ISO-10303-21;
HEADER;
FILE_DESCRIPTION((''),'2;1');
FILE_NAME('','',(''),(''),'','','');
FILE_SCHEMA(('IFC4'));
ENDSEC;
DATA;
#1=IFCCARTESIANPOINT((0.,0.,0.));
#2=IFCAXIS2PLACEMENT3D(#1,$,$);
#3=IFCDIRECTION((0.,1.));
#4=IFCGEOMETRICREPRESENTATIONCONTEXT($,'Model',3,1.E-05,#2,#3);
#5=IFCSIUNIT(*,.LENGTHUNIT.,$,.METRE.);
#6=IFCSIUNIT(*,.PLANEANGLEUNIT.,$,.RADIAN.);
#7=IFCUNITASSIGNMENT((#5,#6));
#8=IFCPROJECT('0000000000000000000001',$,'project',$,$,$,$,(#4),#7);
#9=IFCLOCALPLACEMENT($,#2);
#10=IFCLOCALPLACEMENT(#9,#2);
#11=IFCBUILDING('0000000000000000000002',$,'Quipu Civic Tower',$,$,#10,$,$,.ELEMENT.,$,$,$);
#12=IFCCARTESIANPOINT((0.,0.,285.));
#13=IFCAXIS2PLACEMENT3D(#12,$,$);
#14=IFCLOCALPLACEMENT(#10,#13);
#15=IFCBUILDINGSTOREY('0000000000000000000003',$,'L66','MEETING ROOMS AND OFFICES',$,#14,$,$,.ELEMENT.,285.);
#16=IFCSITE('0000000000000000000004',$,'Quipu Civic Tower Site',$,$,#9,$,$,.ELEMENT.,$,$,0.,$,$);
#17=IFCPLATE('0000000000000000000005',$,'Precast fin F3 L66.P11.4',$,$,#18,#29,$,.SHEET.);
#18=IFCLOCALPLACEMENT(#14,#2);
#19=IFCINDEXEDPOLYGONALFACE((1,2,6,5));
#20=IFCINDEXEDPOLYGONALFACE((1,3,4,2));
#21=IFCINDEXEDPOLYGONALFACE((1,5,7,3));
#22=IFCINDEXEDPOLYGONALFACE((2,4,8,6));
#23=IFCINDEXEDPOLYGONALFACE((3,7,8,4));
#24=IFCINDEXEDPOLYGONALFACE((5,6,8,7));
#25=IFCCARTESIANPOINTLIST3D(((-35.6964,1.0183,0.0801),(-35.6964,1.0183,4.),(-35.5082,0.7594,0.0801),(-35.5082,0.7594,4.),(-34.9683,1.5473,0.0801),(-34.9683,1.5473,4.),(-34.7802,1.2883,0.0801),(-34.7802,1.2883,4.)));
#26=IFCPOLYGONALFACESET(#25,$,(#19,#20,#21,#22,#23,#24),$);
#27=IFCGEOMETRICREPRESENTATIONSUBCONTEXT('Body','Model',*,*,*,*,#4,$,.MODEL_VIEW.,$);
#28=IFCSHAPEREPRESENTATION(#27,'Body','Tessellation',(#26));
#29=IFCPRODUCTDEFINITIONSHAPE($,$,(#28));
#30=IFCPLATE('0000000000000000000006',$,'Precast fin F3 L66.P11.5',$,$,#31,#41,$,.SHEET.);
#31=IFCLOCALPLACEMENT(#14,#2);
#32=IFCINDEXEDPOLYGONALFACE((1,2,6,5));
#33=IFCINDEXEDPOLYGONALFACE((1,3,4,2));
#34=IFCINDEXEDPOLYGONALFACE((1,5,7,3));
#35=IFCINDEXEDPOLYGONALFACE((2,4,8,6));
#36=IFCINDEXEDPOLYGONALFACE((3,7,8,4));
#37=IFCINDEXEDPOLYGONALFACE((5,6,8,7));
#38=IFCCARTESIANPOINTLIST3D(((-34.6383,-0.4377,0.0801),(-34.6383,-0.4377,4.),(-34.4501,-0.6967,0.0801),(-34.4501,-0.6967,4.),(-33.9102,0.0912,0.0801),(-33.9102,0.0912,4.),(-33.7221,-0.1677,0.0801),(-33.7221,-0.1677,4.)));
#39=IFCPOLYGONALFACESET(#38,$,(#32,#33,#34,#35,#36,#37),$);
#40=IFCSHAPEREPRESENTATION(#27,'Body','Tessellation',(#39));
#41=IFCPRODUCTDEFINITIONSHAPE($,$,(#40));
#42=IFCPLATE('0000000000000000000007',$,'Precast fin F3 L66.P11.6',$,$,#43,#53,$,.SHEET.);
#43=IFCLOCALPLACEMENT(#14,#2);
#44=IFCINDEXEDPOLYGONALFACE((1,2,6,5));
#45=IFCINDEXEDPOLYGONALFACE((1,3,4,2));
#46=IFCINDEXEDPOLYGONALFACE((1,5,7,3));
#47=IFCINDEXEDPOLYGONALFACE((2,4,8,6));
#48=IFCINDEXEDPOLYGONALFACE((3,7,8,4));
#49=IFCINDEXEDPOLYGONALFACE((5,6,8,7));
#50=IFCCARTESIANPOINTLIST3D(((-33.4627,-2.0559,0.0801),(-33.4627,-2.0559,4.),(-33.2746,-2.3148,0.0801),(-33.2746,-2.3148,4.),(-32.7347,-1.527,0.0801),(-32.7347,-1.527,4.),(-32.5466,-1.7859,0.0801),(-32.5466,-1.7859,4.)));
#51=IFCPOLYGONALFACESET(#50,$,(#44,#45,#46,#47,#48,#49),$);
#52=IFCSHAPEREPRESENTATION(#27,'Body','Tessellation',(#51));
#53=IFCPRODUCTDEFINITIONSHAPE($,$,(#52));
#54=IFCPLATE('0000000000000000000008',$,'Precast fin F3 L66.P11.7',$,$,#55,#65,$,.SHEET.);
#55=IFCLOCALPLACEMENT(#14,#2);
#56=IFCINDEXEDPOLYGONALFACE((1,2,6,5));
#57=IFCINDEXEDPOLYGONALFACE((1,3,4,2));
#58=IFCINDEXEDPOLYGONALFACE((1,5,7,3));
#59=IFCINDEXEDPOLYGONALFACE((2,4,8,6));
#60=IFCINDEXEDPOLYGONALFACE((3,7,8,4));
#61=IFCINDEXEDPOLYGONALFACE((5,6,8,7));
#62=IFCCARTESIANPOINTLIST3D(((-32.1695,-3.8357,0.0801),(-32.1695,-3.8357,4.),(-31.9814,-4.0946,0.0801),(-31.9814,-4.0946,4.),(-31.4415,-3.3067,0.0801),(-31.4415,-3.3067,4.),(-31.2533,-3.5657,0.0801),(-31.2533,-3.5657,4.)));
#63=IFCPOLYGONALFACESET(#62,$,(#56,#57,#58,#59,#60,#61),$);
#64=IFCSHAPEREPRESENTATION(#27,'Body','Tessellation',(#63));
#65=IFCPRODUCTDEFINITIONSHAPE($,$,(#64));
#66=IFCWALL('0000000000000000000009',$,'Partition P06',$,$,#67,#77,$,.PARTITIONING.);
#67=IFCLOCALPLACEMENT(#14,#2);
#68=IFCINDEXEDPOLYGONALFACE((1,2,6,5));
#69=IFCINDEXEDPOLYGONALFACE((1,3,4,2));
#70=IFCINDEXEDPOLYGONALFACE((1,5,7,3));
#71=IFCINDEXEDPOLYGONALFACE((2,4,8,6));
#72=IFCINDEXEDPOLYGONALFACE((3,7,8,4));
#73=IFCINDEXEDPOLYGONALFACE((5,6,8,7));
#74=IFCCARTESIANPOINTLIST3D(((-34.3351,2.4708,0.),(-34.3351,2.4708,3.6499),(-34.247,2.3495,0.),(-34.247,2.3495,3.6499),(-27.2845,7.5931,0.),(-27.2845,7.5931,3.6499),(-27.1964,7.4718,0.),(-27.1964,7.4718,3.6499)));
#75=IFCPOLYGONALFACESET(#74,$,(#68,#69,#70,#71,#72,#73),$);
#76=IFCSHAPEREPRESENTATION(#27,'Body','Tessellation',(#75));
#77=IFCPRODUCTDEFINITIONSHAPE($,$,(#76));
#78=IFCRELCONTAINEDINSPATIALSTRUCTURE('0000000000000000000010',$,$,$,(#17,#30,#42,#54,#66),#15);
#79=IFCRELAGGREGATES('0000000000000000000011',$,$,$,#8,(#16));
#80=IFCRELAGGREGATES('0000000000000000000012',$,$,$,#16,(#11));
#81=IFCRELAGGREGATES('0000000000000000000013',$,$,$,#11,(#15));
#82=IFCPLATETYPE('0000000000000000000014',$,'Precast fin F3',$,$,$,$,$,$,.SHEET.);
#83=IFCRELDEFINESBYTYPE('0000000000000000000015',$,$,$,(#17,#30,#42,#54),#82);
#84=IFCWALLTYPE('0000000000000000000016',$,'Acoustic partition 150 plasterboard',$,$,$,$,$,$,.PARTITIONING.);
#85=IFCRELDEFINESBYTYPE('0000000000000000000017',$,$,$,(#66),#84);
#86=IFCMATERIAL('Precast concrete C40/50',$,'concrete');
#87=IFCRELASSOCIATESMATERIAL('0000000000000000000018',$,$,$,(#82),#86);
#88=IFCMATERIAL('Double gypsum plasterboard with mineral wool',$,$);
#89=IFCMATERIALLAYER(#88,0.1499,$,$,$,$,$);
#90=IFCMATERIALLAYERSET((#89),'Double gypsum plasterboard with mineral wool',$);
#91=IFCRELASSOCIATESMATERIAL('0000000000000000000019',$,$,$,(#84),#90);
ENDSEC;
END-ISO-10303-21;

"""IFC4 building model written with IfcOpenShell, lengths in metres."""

from ifc_helpers import new_model, si_unit, direction, frame, frame_2d, origin, origin_2d, place, context, subcontext, project, spatial, rectangle, extrude, material, layer, layer_set, type_object, element, save


model = new_model("IFC4")

# Units and contexts
model_context = context("Model", 3, precision=1e-05, world=origin(), true_north=direction((0.0, 1.0)))
body_context = subcontext(model_context, "Body", "Model", "MODEL_VIEW")
ifc_project = project(units=[si_unit("LENGTHUNIT", "METRE"), si_unit("PLANEANGLEUNIT", "RADIAN")], contexts=[model_context])

# Site, building, storey
site_placement = place(None, origin())
site = spatial("IfcSite", under=ifc_project, at=site_placement, Name="Quipu Civic Tower Site", CompositionType="ELEMENT", RefElevation=0.0)
building_placement = place(site_placement, origin())
building = spatial("IfcBuilding", under=site, at=building_placement, Name="Quipu Civic Tower", CompositionType="ELEMENT")
storey_placement = place(building_placement, frame((0.0, 0.0, 285.0)))
storey = spatial("IfcBuildingStorey", under=building, at=storey_placement, Name="L66", Description="MEETING ROOMS AND OFFICES", CompositionType="ELEMENT", Elevation=285.0)

# Plates
ifc_material_1 = material(Name="Precast concrete C40/50", Category="concrete")
plate_type_1 = type_object("IfcPlateType", Name="Precast fin F3", PredefinedType="SHEET", material=ifc_material_1)
for number, where, z_axis, x_axis, name in (
    (1, (-35.2383, 1.1533, 0.0801), (0.0, 0.0, 1.0), (0.587787, -0.809016, 0.0), "Precast fin F3 L66.P11.4"),
    (2, (-34.1802, -0.3027, 0.0801), (0.0, 0.0, 1.0), (0.587787, -0.809016, 0.0), "Precast fin F3 L66.P11.5"),
    (3, (-33.0046, -1.9209, 0.0801), (0.0, 0.0, 1.0), (0.587787, -0.809016, 0.0), "Precast fin F3 L66.P11.6"),
    (4, (-31.7114, -3.7007, 0.0801), (0.0, 0.0, 1.0), (0.587787, -0.809016, 0.0), "Precast fin F3 L66.P11.7"),
):
    element("IfcPlate", number, at=place(storey_placement, frame(where, z_axis=z_axis, x_axis=x_axis)), inside=storey, type_object=plate_type_1, Name=name, PredefinedType="SHEET", context=body_context, shape_type="SweptSolid", body=[
        extrude(rectangle(XDim=0.3201, YDim=0.8999, at=origin_2d()), origin(), (0.0, 0.0, 1.0), 3.9199),
    ])

# Wall
ifc_material_2 = material(Name="Double gypsum plasterboard with mineral wool")
ifc_layer_1 = layer(ifc_material_2, 0.1499)
ifc_layer_set_1 = layer_set([ifc_layer_1], Name="Double gypsum plasterboard with mineral wool")
wall_type = type_object("IfcWallType", Name="Acoustic partition 150 plasterboard", PredefinedType="PARTITIONING", material=ifc_layer_set_1)
wall_placement = place(storey_placement, frame((-34.291, 2.4102, 0.0), z_axis=(0.0, 0.0, 1.0), x_axis=(0.809028, 0.58777, 0.0)))
element("IfcWall", 5, at=wall_placement, inside=storey, type_object=wall_type, Name="Partition P06", PredefinedType="PARTITIONING", context=body_context, shape_type="SweptSolid", body=[
    extrude(rectangle(XDim=8.7148, YDim=0.1499, at=frame_2d((4.3574, 0.0))), origin(), (0.0, 0.0, 1.0), 3.6499),
])

save(model, "model.ifc")
